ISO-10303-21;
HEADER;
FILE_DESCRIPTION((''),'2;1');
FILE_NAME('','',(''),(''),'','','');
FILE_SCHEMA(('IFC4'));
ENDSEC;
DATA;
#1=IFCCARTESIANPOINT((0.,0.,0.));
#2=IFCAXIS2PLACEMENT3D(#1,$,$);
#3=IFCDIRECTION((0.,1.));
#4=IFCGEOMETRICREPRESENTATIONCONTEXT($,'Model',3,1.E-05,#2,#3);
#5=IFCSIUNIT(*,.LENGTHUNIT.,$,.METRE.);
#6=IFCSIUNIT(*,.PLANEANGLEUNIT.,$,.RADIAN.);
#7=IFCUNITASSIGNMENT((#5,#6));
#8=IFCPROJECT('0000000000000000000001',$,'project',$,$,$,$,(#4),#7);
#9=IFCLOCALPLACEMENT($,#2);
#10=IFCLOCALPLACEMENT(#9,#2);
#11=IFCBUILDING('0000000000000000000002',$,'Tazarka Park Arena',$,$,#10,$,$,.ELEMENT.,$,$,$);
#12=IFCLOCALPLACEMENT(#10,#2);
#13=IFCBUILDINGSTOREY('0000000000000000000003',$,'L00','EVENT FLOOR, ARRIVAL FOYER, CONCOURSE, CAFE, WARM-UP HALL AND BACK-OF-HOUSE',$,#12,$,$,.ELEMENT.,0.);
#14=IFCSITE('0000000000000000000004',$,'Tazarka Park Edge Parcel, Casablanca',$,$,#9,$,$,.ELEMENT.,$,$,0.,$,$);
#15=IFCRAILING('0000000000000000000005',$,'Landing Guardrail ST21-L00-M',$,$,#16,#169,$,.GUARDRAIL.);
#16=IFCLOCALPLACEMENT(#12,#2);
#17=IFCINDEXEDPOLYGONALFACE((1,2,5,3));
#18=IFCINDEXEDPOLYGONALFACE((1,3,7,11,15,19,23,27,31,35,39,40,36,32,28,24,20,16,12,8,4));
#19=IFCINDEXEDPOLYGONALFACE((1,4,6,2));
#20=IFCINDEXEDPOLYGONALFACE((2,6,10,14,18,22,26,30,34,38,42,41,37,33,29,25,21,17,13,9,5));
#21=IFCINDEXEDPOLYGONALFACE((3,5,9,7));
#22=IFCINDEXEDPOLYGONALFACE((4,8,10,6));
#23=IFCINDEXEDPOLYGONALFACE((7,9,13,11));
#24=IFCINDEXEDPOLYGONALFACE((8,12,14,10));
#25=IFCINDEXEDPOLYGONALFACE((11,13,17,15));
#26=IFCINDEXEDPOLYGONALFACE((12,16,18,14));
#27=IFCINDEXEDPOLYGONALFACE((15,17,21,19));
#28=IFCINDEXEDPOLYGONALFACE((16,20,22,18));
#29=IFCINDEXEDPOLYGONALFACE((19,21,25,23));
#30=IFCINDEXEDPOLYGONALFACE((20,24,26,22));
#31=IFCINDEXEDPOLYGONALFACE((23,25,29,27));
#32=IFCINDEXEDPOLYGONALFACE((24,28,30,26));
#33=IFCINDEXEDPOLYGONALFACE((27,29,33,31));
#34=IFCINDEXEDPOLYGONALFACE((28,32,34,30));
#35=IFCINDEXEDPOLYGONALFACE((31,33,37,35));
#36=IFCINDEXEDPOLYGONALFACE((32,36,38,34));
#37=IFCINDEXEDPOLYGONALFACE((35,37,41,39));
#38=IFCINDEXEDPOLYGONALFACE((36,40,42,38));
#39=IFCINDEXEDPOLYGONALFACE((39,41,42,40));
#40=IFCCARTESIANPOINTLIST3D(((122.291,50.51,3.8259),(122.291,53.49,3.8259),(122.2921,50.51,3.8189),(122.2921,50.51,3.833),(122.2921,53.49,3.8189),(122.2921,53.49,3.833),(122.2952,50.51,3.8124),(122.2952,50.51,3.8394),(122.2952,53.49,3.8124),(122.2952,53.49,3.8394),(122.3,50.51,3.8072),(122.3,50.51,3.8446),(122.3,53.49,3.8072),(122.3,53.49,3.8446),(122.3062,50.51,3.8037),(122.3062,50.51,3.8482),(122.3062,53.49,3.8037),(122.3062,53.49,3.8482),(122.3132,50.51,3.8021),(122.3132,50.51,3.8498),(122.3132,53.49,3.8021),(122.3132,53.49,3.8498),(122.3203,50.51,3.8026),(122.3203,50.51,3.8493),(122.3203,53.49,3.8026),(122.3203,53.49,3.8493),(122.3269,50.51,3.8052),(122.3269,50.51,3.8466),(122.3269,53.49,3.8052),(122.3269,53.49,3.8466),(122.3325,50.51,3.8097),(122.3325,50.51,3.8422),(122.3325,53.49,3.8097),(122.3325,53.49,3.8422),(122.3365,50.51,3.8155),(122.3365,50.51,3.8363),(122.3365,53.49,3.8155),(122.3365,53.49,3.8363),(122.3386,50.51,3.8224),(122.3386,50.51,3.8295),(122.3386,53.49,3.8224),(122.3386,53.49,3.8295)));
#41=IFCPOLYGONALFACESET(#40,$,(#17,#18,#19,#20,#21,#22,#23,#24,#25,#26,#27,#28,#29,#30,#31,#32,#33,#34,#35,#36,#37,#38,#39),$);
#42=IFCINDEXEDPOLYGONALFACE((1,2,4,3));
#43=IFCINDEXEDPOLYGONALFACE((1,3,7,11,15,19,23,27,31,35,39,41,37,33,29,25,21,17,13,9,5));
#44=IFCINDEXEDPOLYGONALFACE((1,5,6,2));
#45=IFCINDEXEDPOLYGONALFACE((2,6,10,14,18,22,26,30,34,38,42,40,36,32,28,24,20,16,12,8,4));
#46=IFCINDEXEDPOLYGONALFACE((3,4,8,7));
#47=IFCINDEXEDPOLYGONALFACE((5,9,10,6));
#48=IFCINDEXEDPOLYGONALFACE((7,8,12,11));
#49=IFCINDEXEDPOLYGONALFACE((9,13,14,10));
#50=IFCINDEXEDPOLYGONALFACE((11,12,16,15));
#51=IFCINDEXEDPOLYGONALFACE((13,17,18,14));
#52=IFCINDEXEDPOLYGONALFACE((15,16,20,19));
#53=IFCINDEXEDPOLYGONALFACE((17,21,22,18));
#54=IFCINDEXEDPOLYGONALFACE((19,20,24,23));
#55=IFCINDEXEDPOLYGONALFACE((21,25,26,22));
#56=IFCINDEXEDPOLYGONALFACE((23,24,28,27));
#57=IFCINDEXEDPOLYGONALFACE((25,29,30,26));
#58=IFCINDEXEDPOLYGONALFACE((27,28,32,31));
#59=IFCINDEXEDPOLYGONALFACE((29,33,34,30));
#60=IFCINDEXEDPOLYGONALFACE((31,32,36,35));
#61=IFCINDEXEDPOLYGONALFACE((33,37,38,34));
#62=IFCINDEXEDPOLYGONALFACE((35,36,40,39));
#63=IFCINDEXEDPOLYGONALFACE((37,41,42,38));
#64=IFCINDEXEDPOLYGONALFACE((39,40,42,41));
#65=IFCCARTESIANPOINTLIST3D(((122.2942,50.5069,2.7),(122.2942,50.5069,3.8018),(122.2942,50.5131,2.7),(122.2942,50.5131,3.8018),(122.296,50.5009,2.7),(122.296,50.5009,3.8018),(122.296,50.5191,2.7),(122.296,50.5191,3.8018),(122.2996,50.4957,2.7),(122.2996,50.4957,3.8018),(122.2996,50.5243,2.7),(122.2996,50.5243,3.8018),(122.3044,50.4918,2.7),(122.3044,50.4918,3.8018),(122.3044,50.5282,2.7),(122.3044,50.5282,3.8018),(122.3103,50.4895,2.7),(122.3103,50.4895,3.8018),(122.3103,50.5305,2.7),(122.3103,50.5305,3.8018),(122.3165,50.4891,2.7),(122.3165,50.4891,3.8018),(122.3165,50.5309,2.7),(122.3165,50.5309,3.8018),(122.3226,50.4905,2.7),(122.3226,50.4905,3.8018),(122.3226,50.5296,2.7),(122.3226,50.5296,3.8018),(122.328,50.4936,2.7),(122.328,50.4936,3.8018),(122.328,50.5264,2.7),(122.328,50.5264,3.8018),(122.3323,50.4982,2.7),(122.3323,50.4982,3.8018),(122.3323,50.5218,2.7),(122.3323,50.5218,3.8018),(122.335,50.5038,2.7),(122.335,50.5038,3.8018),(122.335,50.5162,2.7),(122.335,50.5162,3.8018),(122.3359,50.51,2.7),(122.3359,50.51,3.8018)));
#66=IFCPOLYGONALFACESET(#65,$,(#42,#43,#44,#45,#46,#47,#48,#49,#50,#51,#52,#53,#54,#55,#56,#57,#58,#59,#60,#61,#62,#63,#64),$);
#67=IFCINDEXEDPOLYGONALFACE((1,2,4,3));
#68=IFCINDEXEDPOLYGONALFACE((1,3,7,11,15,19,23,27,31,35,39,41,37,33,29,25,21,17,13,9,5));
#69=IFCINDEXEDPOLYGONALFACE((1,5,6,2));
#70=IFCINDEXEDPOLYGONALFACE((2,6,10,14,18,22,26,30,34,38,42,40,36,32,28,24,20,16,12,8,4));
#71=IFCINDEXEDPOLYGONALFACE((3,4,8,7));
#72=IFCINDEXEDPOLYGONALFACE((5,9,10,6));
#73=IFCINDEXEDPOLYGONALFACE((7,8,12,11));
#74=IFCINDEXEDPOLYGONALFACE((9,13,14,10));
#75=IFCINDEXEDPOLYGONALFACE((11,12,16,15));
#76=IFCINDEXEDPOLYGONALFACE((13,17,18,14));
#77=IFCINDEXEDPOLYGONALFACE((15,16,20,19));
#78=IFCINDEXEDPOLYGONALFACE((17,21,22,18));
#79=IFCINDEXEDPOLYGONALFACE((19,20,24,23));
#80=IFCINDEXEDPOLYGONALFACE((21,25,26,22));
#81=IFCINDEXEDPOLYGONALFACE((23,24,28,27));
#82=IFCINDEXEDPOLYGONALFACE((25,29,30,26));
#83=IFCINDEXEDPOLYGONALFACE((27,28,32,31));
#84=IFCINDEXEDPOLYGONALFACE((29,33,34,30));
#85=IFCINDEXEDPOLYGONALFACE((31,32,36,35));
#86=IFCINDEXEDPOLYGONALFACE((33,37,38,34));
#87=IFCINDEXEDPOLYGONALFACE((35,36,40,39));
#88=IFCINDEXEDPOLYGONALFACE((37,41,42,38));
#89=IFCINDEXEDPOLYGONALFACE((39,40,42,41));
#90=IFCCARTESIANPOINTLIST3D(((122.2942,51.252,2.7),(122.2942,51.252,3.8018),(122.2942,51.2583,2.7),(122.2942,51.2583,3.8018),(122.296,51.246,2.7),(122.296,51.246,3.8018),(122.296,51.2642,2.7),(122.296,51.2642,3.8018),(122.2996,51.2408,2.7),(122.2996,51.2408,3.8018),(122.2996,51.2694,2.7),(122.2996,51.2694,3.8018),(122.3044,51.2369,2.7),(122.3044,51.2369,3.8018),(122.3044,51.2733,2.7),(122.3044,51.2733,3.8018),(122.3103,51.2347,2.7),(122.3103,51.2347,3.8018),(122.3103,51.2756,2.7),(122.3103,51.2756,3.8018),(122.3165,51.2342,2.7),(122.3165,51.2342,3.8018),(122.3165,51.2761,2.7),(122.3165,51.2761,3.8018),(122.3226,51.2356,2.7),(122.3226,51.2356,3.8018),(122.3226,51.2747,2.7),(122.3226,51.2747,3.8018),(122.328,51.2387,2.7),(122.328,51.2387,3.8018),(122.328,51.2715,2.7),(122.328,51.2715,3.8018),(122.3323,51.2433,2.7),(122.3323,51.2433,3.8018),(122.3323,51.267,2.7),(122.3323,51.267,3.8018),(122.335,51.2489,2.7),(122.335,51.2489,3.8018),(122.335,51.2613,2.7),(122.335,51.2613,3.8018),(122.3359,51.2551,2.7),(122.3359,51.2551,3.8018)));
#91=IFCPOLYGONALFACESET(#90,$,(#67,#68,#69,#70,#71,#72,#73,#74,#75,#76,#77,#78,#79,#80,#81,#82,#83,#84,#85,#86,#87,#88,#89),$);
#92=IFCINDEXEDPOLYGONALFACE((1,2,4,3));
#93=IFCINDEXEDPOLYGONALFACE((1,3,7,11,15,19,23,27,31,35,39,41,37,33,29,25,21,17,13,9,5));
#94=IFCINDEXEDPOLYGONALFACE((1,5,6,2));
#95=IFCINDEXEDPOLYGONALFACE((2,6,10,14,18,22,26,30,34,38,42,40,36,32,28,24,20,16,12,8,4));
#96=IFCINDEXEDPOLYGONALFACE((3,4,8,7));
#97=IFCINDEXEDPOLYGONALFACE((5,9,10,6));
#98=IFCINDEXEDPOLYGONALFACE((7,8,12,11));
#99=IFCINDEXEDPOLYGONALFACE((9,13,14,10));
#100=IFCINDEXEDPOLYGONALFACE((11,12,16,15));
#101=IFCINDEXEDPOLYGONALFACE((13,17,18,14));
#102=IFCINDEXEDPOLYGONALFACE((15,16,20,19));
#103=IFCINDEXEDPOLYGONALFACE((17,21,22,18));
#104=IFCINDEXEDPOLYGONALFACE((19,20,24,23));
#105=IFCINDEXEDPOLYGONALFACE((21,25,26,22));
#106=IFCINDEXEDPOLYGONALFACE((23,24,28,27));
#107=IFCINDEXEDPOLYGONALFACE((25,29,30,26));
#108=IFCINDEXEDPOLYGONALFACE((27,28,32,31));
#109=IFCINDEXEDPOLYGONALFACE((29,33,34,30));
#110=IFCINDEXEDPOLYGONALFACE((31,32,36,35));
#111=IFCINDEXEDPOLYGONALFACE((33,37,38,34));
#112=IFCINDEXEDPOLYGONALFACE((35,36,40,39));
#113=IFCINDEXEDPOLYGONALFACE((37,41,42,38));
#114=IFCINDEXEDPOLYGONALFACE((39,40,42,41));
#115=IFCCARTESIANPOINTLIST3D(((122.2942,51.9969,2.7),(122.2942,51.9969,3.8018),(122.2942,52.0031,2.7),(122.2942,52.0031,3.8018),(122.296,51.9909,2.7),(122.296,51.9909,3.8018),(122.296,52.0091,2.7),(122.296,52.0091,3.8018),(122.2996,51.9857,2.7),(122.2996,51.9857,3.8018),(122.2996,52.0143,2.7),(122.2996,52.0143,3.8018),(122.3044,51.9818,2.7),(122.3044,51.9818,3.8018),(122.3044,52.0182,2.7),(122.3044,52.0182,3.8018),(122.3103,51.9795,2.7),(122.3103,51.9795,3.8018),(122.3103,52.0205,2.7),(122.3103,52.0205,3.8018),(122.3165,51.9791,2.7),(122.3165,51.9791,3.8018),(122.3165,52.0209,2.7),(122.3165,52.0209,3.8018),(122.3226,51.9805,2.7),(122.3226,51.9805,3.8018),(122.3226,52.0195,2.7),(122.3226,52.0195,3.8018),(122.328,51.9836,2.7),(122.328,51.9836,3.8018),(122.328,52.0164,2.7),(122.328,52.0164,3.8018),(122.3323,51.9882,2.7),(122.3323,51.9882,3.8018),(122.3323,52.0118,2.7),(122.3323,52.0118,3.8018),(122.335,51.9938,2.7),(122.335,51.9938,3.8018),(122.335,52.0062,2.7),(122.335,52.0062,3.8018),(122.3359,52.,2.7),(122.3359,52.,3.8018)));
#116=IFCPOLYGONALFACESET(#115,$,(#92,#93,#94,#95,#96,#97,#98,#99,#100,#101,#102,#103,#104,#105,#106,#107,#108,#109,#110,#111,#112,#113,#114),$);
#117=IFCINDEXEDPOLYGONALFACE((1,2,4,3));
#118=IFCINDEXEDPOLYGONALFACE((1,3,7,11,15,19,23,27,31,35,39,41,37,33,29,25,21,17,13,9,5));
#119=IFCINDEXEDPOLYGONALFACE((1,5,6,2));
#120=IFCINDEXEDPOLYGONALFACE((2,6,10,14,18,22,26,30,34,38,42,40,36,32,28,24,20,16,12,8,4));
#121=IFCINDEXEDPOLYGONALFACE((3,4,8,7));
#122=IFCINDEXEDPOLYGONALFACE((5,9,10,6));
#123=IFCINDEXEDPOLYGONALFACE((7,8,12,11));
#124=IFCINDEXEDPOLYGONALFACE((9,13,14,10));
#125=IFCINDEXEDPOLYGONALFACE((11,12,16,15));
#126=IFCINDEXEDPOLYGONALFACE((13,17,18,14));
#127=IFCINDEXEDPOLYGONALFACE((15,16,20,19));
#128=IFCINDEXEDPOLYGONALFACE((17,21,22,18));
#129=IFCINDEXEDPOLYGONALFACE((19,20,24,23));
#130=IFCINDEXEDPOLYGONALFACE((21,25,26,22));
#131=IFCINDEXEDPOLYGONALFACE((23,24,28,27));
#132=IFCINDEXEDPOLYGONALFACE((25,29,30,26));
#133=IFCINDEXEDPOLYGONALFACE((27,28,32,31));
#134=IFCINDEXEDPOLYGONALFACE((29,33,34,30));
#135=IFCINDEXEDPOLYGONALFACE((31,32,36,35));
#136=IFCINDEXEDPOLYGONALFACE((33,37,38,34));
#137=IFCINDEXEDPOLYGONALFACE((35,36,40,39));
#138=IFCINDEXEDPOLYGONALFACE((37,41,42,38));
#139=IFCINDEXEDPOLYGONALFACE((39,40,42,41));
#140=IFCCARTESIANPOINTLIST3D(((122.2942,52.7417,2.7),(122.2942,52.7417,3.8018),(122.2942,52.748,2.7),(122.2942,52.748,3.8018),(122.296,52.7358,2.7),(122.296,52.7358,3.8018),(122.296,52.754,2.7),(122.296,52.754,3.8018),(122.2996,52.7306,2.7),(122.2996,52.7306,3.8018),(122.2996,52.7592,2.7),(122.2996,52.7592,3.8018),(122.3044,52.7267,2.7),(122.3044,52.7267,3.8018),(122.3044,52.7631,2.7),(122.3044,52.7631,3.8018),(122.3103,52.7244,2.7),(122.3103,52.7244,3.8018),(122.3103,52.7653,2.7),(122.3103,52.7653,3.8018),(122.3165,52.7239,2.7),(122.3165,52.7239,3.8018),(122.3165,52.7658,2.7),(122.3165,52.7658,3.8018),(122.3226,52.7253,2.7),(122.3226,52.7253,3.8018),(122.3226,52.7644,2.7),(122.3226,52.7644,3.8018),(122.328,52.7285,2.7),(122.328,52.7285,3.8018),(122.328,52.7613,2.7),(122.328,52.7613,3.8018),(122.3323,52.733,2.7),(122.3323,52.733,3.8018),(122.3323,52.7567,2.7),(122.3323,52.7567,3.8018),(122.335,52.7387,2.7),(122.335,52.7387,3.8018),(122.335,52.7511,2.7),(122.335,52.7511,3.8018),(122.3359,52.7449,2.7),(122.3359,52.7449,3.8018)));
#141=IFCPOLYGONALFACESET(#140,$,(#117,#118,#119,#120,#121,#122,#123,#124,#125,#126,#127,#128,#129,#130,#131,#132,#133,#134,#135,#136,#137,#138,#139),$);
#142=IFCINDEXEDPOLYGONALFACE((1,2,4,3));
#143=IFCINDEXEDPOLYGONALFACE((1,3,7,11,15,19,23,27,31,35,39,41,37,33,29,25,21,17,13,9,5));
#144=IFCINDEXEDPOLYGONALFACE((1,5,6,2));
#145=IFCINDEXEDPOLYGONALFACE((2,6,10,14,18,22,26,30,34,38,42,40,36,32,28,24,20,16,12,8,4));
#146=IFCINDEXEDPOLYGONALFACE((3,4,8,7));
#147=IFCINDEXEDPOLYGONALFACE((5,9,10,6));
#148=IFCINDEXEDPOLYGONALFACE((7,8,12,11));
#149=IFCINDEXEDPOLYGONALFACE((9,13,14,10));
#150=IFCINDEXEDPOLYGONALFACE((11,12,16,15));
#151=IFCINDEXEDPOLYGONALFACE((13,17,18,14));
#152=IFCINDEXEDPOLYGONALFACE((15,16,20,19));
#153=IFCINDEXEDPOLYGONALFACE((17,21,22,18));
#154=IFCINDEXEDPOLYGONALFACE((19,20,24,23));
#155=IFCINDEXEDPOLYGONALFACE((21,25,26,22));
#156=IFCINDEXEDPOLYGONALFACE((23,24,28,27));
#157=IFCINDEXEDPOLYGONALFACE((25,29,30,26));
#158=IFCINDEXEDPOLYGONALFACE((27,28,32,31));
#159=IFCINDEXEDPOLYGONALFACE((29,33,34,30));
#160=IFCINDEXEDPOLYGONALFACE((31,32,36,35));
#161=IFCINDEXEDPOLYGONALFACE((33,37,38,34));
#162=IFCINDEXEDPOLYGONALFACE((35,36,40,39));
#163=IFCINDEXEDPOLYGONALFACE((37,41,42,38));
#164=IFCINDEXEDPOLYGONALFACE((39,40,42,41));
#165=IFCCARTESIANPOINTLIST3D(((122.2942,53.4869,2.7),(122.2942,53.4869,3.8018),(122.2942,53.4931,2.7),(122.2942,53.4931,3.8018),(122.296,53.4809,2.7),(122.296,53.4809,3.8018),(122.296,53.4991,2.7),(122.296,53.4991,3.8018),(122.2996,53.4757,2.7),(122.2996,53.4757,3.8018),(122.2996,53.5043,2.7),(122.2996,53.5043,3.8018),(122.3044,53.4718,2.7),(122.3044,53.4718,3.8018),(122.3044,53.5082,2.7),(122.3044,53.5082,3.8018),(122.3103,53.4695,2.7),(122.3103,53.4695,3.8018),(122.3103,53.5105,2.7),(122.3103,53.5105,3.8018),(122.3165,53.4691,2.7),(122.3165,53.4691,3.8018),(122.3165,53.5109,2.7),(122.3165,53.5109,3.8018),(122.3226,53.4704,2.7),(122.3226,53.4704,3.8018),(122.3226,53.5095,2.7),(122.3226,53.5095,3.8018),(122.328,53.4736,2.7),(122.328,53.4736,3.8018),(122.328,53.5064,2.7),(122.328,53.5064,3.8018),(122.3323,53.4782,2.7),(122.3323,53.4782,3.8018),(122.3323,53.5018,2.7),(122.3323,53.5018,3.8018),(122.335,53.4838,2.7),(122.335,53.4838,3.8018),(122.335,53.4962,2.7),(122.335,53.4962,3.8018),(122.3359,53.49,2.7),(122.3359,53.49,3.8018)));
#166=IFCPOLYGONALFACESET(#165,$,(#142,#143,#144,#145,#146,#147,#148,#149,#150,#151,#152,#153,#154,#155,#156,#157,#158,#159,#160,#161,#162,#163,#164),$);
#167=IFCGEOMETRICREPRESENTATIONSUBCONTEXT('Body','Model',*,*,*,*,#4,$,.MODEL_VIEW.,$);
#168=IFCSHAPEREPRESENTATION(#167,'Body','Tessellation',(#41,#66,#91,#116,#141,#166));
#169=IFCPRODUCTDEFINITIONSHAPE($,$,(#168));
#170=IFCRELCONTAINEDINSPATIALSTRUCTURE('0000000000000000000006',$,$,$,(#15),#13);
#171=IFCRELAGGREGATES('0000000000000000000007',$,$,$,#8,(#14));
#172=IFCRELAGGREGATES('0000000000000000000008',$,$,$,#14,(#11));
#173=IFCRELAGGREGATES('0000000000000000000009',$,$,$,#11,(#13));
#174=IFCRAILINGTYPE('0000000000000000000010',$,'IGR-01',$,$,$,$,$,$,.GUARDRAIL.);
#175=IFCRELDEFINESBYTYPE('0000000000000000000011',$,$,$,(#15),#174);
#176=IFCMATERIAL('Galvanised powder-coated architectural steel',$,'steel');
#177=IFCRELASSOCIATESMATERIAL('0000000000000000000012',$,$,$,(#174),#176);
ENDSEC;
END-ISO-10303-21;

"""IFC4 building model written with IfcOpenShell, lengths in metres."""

from ifc_helpers import new_model, si_unit, direction, frame, origin, origin_2d, place, context, subcontext, project, spatial, circle, extrude, material, type_object, element, save


model = new_model("IFC4")

# Units and contexts
model_context = context("Model", 3, precision=1e-05, world=origin(), true_north=direction((0.0, 1.0)))
body_context = subcontext(model_context, "Body", "Model", "MODEL_VIEW")
ifc_project = project(units=[si_unit("LENGTHUNIT", "METRE"), si_unit("PLANEANGLEUNIT", "RADIAN")], contexts=[model_context])

# Site, building, storey
site_placement = place(None, origin())
site = spatial("IfcSite", under=ifc_project, at=site_placement, Name="Tazarka Park Edge Parcel, Casablanca", CompositionType="ELEMENT", RefElevation=0.0)
building_placement = place(site_placement, origin())
building = spatial("IfcBuilding", under=site, at=building_placement, Name="Tazarka Park Arena", CompositionType="ELEMENT")
storey_placement = place(building_placement, origin())
storey = spatial("IfcBuildingStorey", under=building, at=storey_placement, Name="L00", Description="EVENT FLOOR, ARRIVAL FOYER, CONCOURSE, CAFE, WARM-UP HALL AND BACK-OF-HOUSE", CompositionType="ELEMENT", Elevation=0.0)

# Railing
ifc_material_1 = material(Name="Galvanised powder-coated architectural steel", Category="steel")
railing_type_1 = type_object("IfcRailingType", Name="IGR-01", PredefinedType="GUARDRAIL", material=ifc_material_1)
for number, where, name in (
    (1, (122.3149, 50.51, 2.7), "Landing Guardrail ST21-L00-M"),
):
    element("IfcRailing", number, at=place(storey_placement, frame(where)), inside=storey, type_object=railing_type_1, Name=name, PredefinedType="GUARDRAIL", context=body_context, shape_type="SweptSolid", body=[
        extrude(circle(Radius=0.0239, at=origin_2d()), frame((0.0, 0.0, 1.126), z_axis=(0.0, 1.0, 0.0), x_axis=(-1.0, 0.0, 0.0)), (0.0, 0.0, 1.0), 2.98),
        extrude(circle(Radius=0.021, at=origin_2d()), origin(), (0.0, 0.0, 1.0), 1.1018),
        extrude(circle(Radius=0.021, at=origin_2d()), frame((0.0, 0.7451, 0.0)), (0.0, 0.0, 1.0), 1.1018),
        extrude(circle(Radius=0.021, at=origin_2d()), frame((0.0, 1.49, 0.0)), (0.0, 0.0, 1.0), 1.1018),
        extrude(circle(Radius=0.021, at=origin_2d()), frame((0.0, 2.2349, 0.0)), (0.0, 0.0, 1.0), 1.1018),
        extrude(circle(Radius=0.021, at=origin_2d()), frame((0.0, 2.98, 0.0)), (0.0, 0.0, 1.0), 1.1018),
    ])

save(model, "model.ifc")
